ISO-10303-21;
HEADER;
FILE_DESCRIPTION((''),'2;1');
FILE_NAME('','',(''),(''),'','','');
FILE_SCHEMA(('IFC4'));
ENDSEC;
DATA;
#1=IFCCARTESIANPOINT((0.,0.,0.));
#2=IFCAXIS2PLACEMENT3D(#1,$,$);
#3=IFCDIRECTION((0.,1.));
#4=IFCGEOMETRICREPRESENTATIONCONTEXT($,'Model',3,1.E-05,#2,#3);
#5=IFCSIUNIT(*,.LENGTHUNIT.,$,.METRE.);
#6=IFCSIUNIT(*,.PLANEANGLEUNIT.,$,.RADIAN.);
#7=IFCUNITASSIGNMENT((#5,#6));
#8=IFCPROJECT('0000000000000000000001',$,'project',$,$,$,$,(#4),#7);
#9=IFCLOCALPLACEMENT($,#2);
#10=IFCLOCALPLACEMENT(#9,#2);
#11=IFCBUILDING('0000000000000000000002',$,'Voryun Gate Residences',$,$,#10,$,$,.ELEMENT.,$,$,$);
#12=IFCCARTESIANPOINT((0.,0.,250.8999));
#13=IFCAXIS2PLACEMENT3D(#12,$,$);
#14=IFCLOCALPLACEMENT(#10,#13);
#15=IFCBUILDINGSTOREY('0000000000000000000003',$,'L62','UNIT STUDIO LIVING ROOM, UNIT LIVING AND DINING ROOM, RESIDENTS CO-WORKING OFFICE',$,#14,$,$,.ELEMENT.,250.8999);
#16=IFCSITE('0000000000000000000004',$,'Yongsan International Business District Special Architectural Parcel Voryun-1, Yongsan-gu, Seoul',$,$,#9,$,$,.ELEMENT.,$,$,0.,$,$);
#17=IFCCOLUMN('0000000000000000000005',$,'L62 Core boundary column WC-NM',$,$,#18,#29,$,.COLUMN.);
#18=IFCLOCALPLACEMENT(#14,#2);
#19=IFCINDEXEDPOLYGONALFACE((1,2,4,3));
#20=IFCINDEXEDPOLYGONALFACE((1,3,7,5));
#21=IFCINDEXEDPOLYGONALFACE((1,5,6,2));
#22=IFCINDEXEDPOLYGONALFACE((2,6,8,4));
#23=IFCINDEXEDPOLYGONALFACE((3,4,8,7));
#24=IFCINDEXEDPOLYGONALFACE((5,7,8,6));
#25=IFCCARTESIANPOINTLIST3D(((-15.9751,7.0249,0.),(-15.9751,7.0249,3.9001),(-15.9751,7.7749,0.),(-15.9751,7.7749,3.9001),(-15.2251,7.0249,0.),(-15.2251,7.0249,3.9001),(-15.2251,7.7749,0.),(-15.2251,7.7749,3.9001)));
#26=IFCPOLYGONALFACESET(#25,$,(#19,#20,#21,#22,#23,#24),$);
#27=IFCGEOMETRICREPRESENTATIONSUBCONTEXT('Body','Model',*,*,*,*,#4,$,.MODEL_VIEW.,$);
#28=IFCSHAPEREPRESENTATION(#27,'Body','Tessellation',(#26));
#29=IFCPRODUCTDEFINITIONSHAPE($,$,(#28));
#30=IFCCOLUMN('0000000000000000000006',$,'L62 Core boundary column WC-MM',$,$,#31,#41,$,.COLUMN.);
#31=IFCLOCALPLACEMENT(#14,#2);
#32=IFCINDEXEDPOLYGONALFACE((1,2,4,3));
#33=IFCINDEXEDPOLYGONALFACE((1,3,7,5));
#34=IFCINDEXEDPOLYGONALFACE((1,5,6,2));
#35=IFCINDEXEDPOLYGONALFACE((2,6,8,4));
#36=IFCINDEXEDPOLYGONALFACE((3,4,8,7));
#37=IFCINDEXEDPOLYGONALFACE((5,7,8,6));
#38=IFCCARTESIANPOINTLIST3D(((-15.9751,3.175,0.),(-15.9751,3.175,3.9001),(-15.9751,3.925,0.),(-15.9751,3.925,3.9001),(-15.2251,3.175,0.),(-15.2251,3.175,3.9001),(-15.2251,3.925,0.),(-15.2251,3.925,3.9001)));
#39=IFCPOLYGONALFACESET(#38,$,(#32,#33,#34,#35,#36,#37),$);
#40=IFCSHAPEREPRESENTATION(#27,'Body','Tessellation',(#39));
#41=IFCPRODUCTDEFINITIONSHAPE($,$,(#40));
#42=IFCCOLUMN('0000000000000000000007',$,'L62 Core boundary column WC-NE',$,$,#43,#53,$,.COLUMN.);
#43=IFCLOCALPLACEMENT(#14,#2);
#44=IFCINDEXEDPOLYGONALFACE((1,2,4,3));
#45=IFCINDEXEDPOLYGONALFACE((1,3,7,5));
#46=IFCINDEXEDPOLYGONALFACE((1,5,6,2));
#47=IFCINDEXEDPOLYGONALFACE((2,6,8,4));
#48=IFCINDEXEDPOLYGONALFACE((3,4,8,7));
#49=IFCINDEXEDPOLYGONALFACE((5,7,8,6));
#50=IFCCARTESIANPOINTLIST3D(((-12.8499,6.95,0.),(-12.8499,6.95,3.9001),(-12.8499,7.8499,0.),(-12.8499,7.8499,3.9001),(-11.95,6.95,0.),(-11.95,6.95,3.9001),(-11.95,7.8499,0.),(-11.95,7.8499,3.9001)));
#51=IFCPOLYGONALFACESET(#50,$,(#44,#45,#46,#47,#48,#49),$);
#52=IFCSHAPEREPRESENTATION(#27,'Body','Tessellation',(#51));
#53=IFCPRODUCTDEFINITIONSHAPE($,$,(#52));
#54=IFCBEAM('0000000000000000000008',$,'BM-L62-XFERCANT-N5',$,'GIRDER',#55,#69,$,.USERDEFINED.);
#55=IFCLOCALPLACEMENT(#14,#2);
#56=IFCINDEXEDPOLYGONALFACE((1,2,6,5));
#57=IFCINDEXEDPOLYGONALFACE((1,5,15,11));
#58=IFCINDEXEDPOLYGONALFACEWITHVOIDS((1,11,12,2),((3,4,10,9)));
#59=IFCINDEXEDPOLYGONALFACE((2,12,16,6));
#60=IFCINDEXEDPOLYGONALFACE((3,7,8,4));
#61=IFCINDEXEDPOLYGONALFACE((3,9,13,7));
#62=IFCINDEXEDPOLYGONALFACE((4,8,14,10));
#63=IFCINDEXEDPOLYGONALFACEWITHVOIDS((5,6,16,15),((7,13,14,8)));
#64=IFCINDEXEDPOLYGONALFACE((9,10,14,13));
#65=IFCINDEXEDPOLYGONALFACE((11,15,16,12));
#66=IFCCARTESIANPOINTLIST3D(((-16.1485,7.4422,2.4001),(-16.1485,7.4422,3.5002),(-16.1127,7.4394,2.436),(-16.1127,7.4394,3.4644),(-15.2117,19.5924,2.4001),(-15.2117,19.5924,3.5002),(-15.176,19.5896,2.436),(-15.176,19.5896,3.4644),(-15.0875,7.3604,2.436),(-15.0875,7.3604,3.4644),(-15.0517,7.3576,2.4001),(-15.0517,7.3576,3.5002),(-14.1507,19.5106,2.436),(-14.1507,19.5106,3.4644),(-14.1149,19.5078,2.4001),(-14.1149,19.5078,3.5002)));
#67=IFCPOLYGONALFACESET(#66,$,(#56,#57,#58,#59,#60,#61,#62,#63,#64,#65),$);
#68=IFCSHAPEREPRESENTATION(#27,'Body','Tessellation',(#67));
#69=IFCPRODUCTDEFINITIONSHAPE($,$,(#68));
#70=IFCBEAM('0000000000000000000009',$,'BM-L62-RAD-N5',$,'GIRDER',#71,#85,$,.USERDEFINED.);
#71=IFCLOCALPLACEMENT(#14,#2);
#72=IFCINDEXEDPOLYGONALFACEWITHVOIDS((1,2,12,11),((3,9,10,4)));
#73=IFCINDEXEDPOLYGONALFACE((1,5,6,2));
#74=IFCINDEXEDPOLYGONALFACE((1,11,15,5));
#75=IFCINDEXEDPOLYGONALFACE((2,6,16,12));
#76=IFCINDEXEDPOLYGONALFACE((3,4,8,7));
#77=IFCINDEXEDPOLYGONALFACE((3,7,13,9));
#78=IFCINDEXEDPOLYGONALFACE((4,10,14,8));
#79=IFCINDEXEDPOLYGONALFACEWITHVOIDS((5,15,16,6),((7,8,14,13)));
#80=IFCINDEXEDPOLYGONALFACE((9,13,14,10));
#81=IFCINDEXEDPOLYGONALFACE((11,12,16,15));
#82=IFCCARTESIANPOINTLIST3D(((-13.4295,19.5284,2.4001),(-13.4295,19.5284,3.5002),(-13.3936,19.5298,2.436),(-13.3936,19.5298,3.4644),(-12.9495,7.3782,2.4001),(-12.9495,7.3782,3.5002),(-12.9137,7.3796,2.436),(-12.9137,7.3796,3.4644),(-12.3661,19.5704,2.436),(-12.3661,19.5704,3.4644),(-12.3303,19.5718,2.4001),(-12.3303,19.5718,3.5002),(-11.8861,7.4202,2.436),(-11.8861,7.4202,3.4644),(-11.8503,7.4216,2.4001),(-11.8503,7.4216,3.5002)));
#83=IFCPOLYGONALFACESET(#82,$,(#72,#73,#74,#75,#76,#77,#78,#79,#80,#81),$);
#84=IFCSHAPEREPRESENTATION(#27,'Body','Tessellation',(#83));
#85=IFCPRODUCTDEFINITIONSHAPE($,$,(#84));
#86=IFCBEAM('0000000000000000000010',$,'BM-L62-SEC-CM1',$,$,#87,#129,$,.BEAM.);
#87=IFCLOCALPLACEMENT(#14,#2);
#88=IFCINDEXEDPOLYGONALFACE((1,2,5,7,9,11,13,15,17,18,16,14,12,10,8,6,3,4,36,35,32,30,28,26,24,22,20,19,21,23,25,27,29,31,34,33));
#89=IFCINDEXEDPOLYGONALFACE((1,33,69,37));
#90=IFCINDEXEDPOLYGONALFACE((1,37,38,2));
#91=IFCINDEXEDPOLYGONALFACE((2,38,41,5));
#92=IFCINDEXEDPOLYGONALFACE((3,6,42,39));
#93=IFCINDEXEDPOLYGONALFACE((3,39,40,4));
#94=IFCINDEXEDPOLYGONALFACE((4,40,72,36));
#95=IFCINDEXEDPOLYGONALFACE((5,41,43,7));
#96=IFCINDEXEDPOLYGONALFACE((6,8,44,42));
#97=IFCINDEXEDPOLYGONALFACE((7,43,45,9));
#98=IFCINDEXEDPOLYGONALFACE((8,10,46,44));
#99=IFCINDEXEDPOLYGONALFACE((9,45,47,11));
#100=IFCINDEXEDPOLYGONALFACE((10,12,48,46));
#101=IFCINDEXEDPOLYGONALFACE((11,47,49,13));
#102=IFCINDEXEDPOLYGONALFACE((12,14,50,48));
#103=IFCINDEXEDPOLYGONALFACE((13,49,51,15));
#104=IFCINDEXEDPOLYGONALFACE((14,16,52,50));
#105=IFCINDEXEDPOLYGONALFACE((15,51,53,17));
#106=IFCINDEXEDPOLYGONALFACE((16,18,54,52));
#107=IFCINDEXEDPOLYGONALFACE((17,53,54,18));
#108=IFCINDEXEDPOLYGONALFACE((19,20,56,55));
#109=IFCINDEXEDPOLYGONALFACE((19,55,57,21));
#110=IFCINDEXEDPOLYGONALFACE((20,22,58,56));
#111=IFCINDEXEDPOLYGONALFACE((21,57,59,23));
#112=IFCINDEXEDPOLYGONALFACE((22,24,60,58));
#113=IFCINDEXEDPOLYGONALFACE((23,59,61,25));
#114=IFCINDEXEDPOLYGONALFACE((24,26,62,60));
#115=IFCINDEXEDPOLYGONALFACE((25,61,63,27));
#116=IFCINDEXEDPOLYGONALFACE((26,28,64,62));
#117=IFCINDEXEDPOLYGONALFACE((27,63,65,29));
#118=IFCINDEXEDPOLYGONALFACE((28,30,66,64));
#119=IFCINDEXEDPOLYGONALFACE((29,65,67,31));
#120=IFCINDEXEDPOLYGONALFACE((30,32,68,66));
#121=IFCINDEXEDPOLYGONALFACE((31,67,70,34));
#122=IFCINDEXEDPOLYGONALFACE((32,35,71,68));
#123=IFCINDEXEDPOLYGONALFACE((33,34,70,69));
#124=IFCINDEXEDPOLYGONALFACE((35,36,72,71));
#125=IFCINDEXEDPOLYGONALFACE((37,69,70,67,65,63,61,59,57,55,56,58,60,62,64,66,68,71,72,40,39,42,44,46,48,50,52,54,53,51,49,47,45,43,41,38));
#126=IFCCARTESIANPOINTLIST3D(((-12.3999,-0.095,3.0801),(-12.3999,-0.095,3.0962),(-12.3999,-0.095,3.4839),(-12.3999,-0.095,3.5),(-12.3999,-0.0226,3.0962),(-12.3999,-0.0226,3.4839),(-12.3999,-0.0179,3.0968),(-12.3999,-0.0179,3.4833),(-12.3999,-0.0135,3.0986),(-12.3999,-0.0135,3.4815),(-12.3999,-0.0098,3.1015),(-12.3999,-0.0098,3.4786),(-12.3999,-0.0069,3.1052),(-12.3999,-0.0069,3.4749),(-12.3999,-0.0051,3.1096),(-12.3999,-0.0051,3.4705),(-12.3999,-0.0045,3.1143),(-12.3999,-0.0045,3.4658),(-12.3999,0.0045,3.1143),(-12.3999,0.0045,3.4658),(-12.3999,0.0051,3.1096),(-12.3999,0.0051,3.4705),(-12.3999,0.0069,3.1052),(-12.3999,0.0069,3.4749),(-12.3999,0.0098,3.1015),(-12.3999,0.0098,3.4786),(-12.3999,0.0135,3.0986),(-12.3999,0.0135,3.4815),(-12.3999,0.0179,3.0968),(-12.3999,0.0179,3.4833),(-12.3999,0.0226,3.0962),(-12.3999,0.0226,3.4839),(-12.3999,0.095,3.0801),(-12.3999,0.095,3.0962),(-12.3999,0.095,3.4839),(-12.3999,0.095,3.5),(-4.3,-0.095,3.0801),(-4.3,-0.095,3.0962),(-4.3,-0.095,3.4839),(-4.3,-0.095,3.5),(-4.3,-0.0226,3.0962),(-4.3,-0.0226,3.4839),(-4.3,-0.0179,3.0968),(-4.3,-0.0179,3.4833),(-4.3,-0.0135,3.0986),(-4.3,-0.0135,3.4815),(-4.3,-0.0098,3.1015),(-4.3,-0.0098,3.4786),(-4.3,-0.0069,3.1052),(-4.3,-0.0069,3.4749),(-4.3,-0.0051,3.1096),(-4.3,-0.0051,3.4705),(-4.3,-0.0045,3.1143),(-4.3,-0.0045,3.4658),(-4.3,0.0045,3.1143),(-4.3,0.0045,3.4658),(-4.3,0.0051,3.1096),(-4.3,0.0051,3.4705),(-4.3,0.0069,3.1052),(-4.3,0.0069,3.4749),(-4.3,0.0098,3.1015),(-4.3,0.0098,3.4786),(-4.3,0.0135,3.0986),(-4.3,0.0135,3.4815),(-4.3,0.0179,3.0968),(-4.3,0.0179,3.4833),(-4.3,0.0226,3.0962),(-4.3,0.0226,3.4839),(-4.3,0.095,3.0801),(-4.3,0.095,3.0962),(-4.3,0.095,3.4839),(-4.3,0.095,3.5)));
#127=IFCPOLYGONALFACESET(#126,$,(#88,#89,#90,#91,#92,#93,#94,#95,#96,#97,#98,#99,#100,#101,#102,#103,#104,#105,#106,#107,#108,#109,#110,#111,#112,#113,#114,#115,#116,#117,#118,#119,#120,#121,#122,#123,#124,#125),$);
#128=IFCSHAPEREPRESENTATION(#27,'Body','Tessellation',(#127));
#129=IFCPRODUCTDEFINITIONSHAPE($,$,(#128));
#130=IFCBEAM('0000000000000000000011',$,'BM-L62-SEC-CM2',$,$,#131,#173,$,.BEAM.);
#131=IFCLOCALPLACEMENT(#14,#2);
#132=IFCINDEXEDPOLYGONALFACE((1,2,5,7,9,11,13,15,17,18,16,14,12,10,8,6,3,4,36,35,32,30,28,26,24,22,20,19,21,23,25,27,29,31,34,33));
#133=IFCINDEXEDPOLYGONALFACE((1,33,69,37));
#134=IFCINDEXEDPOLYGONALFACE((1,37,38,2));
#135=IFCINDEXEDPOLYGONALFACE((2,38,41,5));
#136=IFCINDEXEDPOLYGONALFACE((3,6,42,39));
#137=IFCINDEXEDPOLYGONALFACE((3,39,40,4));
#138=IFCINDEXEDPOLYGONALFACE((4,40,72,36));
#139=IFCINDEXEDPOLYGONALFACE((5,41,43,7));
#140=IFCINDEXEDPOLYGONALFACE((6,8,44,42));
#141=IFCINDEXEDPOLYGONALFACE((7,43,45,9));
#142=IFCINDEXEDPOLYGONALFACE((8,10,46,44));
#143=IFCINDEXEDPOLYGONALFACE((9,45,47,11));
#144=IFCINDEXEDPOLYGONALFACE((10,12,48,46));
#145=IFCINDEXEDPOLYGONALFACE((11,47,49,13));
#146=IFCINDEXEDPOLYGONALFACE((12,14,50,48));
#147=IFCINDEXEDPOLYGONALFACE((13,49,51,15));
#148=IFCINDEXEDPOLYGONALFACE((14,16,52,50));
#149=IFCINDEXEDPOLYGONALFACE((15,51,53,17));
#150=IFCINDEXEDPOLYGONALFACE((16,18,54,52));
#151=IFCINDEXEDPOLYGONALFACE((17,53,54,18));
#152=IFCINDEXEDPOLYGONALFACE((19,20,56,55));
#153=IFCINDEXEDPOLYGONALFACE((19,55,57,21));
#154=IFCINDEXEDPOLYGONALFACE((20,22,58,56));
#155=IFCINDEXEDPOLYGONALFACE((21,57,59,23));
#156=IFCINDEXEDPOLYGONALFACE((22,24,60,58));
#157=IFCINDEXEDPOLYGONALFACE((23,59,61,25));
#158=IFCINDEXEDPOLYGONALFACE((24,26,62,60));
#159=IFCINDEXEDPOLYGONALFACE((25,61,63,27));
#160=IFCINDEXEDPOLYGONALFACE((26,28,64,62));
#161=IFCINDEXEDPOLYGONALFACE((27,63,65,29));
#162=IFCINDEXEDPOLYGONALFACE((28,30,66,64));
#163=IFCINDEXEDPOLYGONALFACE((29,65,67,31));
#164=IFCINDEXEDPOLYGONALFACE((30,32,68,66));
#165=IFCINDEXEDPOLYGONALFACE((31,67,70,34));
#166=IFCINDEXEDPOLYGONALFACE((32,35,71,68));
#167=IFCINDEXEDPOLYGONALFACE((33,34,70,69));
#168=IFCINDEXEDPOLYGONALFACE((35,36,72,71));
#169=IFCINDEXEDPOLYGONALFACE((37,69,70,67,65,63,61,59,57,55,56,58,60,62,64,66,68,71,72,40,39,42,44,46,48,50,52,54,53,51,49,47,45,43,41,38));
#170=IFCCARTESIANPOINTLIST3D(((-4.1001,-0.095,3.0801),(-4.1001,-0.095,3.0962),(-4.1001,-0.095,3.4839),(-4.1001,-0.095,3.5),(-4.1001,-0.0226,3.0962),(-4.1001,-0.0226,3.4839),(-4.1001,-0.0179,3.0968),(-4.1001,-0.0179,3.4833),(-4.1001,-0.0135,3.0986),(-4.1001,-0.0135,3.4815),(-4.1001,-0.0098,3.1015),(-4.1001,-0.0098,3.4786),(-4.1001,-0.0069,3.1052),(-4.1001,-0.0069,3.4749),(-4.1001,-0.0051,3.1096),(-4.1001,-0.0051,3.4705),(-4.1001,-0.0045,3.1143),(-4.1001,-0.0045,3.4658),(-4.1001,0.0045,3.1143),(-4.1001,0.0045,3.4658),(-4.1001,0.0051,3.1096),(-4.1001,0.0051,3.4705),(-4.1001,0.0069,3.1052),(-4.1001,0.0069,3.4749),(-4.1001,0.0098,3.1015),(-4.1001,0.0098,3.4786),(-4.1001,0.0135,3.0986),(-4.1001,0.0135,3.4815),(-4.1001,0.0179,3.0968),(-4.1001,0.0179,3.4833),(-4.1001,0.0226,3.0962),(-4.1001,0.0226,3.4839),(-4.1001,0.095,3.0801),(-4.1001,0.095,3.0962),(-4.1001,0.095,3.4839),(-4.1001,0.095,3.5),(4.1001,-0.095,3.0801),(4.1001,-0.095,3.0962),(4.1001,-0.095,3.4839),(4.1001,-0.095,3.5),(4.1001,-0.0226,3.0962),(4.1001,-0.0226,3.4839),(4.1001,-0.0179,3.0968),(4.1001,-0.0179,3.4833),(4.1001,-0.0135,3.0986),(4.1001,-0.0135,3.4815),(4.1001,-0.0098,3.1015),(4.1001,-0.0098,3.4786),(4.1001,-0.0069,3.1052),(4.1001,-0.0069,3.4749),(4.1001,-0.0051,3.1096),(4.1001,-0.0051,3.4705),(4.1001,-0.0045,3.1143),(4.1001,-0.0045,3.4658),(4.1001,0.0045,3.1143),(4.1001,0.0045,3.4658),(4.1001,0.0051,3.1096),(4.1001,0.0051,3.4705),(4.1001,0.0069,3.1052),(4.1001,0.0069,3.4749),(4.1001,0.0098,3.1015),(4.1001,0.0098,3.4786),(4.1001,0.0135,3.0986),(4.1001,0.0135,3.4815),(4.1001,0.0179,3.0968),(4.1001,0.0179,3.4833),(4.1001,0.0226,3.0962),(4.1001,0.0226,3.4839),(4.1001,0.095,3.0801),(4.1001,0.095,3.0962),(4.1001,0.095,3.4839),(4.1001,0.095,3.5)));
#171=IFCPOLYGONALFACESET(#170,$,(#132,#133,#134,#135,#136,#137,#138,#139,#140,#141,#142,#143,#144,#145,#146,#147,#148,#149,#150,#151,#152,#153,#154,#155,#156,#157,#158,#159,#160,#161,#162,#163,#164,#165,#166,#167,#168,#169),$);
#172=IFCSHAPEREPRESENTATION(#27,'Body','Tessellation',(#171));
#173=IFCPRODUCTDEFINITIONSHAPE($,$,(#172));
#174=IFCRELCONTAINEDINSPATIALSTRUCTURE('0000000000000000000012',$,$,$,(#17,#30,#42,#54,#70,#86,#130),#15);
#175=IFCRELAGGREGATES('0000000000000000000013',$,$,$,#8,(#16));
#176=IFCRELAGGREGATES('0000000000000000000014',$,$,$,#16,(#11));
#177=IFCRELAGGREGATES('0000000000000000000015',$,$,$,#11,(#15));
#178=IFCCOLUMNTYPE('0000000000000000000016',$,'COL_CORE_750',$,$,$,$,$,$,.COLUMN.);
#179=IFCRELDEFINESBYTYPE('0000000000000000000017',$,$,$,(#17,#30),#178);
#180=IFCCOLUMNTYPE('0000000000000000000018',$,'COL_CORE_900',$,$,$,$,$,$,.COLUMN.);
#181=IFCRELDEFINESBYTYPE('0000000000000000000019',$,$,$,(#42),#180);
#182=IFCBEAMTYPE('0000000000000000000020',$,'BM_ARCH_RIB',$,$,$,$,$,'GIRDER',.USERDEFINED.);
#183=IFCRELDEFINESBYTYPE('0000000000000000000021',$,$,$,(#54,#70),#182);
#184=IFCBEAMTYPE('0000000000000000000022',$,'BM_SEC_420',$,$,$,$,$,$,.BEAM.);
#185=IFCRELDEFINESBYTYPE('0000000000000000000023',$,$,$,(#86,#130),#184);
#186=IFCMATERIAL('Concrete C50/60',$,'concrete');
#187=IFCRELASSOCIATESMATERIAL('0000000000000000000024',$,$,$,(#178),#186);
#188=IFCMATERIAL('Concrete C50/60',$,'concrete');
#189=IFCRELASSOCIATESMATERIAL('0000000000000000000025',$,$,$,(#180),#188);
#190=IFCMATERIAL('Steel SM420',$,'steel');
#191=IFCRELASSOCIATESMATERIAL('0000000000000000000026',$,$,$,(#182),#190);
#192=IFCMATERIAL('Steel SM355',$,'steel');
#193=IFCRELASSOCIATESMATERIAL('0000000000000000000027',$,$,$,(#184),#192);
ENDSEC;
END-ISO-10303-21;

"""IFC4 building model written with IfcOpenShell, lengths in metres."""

from ifc_helpers import new_model, si_unit, direction, frame, origin, origin_2d, place, context, subcontext, project, spatial, rectangle, hollow_rectangle, i_section, extrude, material, material_profile, profile_set, type_object, element, save


model = new_model("IFC4")

# Units and contexts
model_context = context("Model", 3, precision=1e-05, world=origin(), true_north=direction((0.0, 1.0)))
body_context = subcontext(model_context, "Body", "Model", "MODEL_VIEW")
ifc_project = project(units=[si_unit("LENGTHUNIT", "METRE"), si_unit("PLANEANGLEUNIT", "RADIAN")], contexts=[model_context])

# Site, building, storey
site_placement = place(None, origin())
site = spatial("IfcSite", under=ifc_project, at=site_placement, Name="Yongsan International Business District Special Architectural Parcel Voryun-1, Yongsan-gu, Seoul", CompositionType="ELEMENT", RefElevation=0.0)
building_placement = place(site_placement, origin())
building = spatial("IfcBuilding", under=site, at=building_placement, Name="Voryun Gate Residences", CompositionType="ELEMENT")
storey_placement = place(building_placement, frame((0.0, 0.0, 250.8999)))
storey = spatial("IfcBuildingStorey", under=building, at=storey_placement, Name="L62", Description="UNIT STUDIO LIVING ROOM, UNIT LIVING AND DINING ROOM, RESIDENTS CO-WORKING OFFICE", CompositionType="ELEMENT", Elevation=250.8999)

# Columns
ifc_material_1 = material(Name="Concrete C50/60", Category="concrete")
ifc_material_profile_1 = material_profile(ifc_material_1, rectangle(XDim=0.75, YDim=0.75, at=origin_2d()), Name="RC-750x750")
ifc_profile_set_1 = profile_set([ifc_material_profile_1], Name="Concrete C50/60")
column_type_1 = type_object("IfcColumnType", Name="COL_CORE_750", PredefinedType="COLUMN", material=ifc_profile_set_1)
for number, where, z_axis, x_axis, name in (
    (1, (-15.6001, 7.3999, 0.0), (0.0, 0.0, 1.0), (1.0, 0.0, 0.0), "L62 Core boundary column WC-NM"),
    (2, (-15.6001, 3.55, 0.0), (0.0, 0.0, 1.0), (1.0, 0.0, 0.0), "L62 Core boundary column WC-MM"),
):
    element("IfcColumn", number, at=place(storey_placement, frame(where, z_axis=z_axis, x_axis=x_axis)), inside=storey, type_object=column_type_1, Name=name, PredefinedType="COLUMN", context=body_context, shape_type="SweptSolid", body=[
        extrude(rectangle(XDim=0.75, YDim=0.75, at=origin_2d()), origin(), (0.0, 0.0, 1.0), 3.9001),
    ])
ifc_material_2 = material(Name="Concrete C50/60", Category="concrete")
ifc_material_profile_2 = material_profile(ifc_material_2, rectangle(XDim=0.8999, YDim=0.8999, at=origin_2d()), Name="RC-900x900")
ifc_profile_set_2 = profile_set([ifc_material_profile_2], Name="Concrete C50/60")
column_type_2 = type_object("IfcColumnType", Name="COL_CORE_900", PredefinedType="COLUMN", material=ifc_profile_set_2)
column_placement = place(storey_placement, frame((-12.3999, 7.3999, 0.0), z_axis=(0.0, 0.0, 1.0), x_axis=(1.0, 0.0, 0.0)))
element("IfcColumn", 3, at=column_placement, inside=storey, type_object=column_type_2, Name="L62 Core boundary column WC-NE", PredefinedType="COLUMN", context=body_context, shape_type="SweptSolid", body=[
    extrude(rectangle(XDim=0.8999, YDim=0.8999, at=origin_2d()), origin(), (0.0, 0.0, 1.0), 3.9001),
])

# Beams
ifc_material_3 = material(Name="Steel SM420", Category="steel")
ifc_material_profile_3 = material_profile(ifc_material_3, hollow_rectangle(XDim=1.1001, YDim=1.1001, WallThickness=0.0359, at=origin_2d()), Name="BOX-1100x1100x36")
ifc_profile_set_3 = profile_set([ifc_material_profile_3], Name="Steel SM420")
beam_type_1 = type_object("IfcBeamType", Name="BM_ARCH_RIB", ElementType="GIRDER", PredefinedType="USERDEFINED", material=ifc_profile_set_3)
beam_1_placement = place(storey_placement, frame((-15.6001, 7.3999, 2.9502), z_axis=(0.076871, 0.997041, 0.0), x_axis=(-0.997041, 0.076871, 0.0)))
element("IfcBeam", 4, at=beam_1_placement, inside=storey, type_object=beam_type_1, Name="BM-L62-XFERCANT-N5", ObjectType="GIRDER", PredefinedType="USERDEFINED", context=body_context, shape_type="SweptSolid", body=[
    extrude(hollow_rectangle(XDim=1.1001, YDim=1.1001, WallThickness=0.0359, at=origin_2d()), origin(), (0.0, 0.0, 1.0), 12.1863),
])
beam_2_placement = place(storey_placement, frame((-12.3999, 7.3999, 2.9502), z_axis=(-0.039473, 0.999221, 0.0), x_axis=(-0.999221, -0.039473, 0.0)))
element("IfcBeam", 5, at=beam_2_placement, inside=storey, type_object=beam_type_1, Name="BM-L62-RAD-N5", ObjectType="GIRDER", PredefinedType="USERDEFINED", context=body_context, shape_type="SweptSolid", body=[
    extrude(hollow_rectangle(XDim=1.1001, YDim=1.1001, WallThickness=0.0359, at=origin_2d()), origin(), (0.0, 0.0, 1.0), 12.1597),
])
ifc_material_4 = material(Name="Steel SM355", Category="steel")
ifc_material_profile_4 = material_profile(ifc_material_4, i_section(OverallWidth=0.1899, OverallDepth=0.4199, WebThickness=0.009, FlangeThickness=0.0161, FilletRadius=0.0181, at=origin_2d()), Name="H-420x190x9x16")
ifc_profile_set_4 = profile_set([ifc_material_profile_4], Name="Steel SM355")
beam_type_2 = type_object("IfcBeamType", Name="BM_SEC_420", PredefinedType="BEAM", material=ifc_profile_set_4)
beam_3_placement = place(storey_placement, frame((-12.3999, 0.0, 3.29), z_axis=(1.0, 0.0, 0.0), x_axis=(0.0, 1.0, 0.0)))
element("IfcBeam", 6, at=beam_3_placement, inside=storey, type_object=beam_type_2, Name="BM-L62-SEC-CM1", PredefinedType="BEAM", context=body_context, shape_type="SweptSolid", body=[
    extrude(i_section(OverallWidth=0.1899, OverallDepth=0.4199, WebThickness=0.009, FlangeThickness=0.0161, FilletRadius=0.0181, at=origin_2d()), origin(), (0.0, 0.0, 1.0), 8.0999),
])
beam_4_placement = place(storey_placement, frame((-4.1001, 0.0, 3.29), z_axis=(1.0, 0.0, 0.0), x_axis=(0.0, 1.0, 0.0)))
element("IfcBeam", 7, at=beam_4_placement, inside=storey, type_object=beam_type_2, Name="BM-L62-SEC-CM2", PredefinedType="BEAM", context=body_context, shape_type="SweptSolid", body=[
    extrude(i_section(OverallWidth=0.1899, OverallDepth=0.4199, WebThickness=0.009, FlangeThickness=0.0161, FilletRadius=0.0181, at=origin_2d()), origin(), (0.0, 0.0, 1.0), 8.2002),
])

save(model, "model.ifc")
